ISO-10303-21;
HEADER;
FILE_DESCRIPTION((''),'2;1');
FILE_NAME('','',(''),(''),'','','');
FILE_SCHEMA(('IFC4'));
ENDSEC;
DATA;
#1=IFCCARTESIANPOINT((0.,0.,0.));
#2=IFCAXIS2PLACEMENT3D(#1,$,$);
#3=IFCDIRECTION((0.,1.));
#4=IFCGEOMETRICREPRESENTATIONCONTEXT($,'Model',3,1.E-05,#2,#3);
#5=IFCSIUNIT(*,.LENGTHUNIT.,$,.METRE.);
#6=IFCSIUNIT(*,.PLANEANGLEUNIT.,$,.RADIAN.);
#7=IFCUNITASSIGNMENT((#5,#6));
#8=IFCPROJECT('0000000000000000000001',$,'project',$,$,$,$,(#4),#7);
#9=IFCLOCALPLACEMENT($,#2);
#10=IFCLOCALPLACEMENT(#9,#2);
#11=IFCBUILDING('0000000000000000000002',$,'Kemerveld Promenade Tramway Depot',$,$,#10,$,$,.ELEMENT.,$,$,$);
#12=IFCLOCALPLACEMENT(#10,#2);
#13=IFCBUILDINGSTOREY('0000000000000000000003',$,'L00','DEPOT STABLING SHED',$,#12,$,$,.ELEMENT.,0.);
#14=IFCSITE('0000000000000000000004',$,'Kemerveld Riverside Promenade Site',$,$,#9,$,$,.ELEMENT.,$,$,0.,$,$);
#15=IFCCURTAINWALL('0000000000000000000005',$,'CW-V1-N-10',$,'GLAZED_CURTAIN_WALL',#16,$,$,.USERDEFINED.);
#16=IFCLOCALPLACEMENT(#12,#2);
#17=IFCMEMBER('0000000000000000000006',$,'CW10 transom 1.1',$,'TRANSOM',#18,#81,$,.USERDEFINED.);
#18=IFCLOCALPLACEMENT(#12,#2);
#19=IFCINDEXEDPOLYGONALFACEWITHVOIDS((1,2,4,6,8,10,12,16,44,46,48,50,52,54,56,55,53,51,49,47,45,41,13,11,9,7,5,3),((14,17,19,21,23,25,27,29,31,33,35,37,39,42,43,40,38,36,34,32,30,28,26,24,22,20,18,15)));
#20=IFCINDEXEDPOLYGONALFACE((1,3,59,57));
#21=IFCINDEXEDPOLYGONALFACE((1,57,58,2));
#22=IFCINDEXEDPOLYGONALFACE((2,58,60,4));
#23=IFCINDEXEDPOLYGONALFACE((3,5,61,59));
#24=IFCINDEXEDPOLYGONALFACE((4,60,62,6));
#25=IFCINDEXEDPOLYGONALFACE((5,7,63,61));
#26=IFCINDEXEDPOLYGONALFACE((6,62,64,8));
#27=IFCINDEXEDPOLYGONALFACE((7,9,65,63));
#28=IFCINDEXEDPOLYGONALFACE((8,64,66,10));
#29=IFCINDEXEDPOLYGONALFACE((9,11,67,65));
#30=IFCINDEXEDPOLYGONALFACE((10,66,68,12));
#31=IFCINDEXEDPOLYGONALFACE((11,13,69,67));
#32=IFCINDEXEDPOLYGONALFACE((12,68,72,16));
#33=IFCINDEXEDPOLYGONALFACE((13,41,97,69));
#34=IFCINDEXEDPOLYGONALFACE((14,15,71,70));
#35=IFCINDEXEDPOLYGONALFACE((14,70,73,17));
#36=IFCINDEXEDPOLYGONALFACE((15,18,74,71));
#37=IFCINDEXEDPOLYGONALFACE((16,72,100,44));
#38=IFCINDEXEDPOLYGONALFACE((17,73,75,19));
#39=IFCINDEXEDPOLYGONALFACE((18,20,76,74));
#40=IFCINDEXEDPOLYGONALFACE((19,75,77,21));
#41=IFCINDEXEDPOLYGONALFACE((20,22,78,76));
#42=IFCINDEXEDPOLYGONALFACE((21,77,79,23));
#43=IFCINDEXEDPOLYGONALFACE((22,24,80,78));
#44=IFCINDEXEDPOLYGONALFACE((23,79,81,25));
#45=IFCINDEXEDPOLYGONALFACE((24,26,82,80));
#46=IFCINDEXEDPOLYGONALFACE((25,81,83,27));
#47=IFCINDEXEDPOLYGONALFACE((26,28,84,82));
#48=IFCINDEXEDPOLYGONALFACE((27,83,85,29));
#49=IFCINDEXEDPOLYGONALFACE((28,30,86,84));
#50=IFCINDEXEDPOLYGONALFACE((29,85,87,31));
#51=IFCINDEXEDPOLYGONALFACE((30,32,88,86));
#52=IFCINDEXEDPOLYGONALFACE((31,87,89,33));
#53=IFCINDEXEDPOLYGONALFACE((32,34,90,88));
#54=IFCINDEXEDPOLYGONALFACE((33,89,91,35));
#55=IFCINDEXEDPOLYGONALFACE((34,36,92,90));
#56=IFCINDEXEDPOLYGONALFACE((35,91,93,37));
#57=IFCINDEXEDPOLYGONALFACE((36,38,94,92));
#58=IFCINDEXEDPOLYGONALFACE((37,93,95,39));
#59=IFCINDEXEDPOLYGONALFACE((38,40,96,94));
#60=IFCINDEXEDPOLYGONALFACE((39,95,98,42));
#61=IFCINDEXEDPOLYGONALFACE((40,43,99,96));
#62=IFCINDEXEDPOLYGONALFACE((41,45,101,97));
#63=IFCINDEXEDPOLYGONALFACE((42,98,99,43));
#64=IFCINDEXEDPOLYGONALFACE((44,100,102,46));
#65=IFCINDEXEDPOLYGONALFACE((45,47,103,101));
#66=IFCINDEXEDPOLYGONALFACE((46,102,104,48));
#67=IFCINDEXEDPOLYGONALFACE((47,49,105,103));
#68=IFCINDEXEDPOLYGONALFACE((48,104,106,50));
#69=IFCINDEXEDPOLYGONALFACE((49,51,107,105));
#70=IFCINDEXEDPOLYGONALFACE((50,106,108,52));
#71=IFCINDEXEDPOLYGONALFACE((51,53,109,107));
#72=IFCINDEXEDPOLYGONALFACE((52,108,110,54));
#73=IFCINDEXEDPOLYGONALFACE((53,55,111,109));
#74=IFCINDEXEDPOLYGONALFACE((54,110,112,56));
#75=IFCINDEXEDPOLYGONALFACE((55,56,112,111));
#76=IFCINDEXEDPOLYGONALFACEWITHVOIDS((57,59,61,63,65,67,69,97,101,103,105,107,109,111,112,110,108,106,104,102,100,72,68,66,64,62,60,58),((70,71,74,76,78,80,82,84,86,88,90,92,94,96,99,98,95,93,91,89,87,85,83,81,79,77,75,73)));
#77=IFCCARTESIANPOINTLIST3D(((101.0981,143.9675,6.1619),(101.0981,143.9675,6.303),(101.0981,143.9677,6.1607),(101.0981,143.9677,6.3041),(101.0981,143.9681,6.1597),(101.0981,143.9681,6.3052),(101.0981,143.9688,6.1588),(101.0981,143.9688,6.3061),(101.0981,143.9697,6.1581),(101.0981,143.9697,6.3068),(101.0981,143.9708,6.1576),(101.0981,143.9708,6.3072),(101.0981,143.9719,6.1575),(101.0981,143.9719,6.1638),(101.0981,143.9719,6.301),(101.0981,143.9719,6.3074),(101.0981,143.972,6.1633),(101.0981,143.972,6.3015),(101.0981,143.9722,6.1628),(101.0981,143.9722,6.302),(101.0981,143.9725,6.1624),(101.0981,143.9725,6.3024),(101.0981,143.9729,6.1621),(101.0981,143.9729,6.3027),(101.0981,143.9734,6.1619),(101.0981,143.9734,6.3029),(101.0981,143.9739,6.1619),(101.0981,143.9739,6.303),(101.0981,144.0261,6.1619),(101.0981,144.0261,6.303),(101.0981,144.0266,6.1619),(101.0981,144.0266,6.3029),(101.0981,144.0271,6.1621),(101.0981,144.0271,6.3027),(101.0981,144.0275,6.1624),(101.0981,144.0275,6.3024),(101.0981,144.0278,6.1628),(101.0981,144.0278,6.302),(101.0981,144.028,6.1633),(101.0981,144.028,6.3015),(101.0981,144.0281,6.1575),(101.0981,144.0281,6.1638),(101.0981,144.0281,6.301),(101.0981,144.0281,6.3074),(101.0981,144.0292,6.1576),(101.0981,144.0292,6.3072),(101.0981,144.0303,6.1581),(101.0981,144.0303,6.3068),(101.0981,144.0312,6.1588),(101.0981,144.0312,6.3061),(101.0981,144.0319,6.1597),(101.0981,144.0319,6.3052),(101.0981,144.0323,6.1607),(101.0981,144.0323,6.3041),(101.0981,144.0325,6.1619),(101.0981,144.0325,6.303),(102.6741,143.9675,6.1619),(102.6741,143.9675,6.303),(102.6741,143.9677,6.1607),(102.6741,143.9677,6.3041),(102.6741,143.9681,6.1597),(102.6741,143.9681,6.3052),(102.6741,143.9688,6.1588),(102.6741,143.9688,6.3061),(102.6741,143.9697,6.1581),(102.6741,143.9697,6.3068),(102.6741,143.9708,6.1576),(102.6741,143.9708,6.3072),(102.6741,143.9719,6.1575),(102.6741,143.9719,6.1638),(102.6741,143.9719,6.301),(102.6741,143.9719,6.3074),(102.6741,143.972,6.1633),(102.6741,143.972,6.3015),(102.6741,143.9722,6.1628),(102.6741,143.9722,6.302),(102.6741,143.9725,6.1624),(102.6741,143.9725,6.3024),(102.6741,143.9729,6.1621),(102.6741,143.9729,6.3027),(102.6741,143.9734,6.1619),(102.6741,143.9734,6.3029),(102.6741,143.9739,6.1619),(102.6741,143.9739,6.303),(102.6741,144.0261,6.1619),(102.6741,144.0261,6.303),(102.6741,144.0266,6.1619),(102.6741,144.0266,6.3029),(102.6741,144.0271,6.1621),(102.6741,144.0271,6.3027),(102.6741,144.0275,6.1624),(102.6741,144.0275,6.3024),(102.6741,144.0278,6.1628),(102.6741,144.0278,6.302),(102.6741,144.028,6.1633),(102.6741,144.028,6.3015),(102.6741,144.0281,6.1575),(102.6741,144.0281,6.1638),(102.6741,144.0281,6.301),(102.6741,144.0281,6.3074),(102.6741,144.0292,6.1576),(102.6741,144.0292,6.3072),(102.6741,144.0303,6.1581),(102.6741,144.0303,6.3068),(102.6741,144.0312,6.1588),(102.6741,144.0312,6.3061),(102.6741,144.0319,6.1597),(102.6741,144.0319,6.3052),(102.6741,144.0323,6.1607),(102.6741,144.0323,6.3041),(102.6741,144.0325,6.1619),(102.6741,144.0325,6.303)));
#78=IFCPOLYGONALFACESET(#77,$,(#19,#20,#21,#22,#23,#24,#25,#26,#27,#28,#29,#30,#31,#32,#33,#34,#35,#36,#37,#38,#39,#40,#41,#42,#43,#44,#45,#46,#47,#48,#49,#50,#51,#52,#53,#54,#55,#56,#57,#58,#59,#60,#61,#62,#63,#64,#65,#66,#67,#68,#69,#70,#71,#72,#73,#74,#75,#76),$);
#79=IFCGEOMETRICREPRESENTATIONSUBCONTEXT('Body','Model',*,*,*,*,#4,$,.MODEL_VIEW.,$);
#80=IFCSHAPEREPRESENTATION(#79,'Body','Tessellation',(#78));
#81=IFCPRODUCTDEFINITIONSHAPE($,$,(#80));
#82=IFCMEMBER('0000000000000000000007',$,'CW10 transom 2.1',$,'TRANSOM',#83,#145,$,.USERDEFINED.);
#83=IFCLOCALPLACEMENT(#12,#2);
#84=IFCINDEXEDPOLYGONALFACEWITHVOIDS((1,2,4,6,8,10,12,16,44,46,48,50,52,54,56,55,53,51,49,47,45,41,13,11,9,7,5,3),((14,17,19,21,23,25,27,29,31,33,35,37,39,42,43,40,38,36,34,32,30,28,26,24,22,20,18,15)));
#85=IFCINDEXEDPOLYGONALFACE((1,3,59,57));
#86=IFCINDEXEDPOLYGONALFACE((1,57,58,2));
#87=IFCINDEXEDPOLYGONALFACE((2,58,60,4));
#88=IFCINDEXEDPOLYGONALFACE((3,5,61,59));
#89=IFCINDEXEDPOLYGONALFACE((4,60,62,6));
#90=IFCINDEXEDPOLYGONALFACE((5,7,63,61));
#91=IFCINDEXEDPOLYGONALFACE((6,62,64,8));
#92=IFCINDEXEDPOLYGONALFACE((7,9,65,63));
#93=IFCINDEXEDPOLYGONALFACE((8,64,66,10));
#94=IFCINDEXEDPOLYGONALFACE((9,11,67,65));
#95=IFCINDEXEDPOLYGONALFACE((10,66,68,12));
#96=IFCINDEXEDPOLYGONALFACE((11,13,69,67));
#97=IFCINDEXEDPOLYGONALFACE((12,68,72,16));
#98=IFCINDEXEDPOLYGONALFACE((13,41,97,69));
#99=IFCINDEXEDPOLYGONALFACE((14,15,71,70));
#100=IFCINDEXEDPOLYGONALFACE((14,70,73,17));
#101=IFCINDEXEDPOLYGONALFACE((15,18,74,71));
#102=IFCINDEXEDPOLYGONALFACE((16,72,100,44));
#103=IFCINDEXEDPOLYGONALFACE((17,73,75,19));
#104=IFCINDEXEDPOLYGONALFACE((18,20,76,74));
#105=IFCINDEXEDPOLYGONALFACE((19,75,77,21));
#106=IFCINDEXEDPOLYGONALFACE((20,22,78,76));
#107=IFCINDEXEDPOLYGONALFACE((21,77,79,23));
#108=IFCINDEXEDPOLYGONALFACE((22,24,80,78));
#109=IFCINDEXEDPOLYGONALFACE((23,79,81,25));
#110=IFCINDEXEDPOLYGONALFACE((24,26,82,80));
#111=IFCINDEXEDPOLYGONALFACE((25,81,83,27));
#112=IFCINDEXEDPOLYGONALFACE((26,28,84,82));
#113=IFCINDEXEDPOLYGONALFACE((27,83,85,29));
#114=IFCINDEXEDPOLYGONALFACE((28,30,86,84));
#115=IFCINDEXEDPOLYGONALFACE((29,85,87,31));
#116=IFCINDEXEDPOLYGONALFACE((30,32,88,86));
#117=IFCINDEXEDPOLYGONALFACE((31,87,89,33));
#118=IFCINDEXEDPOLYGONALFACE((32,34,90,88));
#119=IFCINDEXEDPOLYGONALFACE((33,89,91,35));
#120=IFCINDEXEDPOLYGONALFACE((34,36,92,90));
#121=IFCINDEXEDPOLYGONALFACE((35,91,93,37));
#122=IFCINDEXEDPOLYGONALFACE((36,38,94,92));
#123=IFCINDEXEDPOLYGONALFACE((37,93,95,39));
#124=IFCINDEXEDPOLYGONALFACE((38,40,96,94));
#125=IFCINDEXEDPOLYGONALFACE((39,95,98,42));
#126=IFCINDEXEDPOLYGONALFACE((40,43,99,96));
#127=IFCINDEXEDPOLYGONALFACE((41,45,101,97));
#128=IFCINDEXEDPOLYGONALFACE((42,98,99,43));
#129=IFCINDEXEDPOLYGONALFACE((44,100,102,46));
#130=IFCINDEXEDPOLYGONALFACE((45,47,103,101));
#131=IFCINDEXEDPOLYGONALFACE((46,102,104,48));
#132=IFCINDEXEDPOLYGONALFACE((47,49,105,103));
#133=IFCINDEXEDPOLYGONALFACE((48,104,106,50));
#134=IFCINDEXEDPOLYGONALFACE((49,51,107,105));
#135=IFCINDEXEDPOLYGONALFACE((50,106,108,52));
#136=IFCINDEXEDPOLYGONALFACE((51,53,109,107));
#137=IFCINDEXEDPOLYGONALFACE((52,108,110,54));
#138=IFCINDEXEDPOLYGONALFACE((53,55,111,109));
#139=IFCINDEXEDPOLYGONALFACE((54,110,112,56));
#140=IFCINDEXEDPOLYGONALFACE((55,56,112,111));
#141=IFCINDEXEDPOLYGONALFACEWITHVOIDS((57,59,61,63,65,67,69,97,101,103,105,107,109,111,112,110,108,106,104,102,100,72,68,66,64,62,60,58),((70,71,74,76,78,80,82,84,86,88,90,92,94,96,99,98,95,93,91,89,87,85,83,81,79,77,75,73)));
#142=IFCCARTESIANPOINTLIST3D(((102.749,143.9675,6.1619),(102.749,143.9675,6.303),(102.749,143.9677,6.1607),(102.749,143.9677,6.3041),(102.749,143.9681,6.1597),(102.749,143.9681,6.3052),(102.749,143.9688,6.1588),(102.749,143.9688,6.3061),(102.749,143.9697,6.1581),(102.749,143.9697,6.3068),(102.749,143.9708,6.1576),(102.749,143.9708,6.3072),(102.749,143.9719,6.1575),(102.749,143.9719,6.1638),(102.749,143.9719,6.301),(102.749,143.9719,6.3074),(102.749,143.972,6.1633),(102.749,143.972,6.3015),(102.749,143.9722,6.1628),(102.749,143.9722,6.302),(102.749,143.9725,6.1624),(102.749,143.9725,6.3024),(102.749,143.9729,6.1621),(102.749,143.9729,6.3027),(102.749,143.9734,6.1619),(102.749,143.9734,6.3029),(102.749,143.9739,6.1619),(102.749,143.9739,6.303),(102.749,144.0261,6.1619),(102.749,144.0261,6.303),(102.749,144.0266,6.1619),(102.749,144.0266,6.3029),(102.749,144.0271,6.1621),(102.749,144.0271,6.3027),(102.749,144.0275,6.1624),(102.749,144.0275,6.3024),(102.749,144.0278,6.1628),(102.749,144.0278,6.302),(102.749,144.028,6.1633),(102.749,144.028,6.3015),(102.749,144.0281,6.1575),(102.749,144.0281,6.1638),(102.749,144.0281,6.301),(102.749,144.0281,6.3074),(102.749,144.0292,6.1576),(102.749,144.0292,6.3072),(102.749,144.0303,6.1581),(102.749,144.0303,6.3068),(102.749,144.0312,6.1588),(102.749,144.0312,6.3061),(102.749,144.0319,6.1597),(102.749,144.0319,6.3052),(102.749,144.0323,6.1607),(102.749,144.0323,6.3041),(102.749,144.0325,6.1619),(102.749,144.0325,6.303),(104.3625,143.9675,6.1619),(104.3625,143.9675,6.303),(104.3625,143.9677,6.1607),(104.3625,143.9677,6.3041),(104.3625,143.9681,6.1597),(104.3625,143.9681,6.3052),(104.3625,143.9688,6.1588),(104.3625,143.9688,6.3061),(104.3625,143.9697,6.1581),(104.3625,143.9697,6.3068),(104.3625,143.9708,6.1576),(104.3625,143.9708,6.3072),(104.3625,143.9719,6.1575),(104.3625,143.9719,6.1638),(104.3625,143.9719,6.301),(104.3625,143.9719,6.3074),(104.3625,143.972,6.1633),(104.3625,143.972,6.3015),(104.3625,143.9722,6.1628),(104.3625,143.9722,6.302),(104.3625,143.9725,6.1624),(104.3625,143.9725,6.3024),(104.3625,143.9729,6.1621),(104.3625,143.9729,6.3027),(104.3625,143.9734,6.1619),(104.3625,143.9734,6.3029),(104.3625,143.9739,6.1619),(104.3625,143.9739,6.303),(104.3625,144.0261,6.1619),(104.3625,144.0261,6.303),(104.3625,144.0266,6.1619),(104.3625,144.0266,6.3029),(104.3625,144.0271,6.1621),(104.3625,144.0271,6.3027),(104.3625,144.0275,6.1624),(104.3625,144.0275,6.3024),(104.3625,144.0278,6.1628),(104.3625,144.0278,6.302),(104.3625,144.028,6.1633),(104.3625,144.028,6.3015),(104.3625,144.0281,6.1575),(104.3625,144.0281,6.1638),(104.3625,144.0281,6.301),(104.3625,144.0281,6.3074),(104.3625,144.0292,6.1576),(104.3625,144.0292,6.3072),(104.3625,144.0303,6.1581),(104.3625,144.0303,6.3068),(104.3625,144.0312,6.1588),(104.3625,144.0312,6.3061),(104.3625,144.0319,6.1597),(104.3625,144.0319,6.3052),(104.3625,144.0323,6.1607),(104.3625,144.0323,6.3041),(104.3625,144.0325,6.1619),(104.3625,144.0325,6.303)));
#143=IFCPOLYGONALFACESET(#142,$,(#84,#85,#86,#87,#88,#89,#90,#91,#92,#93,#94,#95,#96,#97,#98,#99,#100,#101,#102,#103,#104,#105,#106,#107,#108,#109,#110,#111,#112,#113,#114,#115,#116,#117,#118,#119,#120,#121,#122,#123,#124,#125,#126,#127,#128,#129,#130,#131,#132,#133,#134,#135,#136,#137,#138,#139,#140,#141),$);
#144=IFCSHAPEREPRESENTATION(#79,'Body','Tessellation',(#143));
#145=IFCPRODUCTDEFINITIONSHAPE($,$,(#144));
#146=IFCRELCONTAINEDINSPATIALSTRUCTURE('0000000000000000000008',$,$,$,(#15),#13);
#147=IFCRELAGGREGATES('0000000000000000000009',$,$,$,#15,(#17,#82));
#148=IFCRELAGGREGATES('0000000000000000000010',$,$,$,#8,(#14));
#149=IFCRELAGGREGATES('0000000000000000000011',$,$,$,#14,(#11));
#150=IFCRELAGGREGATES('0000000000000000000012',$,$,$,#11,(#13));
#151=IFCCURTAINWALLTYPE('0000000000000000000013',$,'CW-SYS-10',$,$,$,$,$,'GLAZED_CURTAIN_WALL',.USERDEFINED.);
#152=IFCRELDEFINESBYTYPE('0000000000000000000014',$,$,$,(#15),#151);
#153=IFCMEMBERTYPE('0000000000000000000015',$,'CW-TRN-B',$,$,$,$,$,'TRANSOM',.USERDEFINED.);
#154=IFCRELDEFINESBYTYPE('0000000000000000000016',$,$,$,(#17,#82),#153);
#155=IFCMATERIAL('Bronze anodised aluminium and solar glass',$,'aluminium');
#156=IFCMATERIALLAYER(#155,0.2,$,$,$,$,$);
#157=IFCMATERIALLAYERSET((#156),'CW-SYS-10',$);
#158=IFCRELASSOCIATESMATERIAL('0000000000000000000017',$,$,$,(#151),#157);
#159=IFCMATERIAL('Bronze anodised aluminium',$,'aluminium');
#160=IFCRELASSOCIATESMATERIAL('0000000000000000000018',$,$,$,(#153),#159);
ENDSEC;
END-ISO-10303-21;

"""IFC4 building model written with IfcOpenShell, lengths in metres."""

from ifc_helpers import new_model, si_unit, direction, frame, origin, origin_2d, place, context, subcontext, project, spatial, hollow_rectangle, extrude, material, layer, layer_set, material_profile, profile_set, type_object, element, aggregate, save


model = new_model("IFC4")

# Units and contexts
model_context = context("Model", 3, precision=1e-05, world=origin(), true_north=direction((0.0, 1.0)))
body_context = subcontext(model_context, "Body", "Model", "MODEL_VIEW")
ifc_project = project(units=[si_unit("LENGTHUNIT", "METRE"), si_unit("PLANEANGLEUNIT", "RADIAN")], contexts=[model_context])

# Site, building, storey
site_placement = place(None, origin())
site = spatial("IfcSite", under=ifc_project, at=site_placement, Name="Kemerveld Riverside Promenade Site", CompositionType="ELEMENT", RefElevation=0.0)
building_placement = place(site_placement, origin())
building = spatial("IfcBuilding", under=site, at=building_placement, Name="Kemerveld Promenade Tramway Depot", CompositionType="ELEMENT")
storey_placement = place(building_placement, origin())
storey = spatial("IfcBuildingStorey", under=building, at=storey_placement, Name="L00", Description="DEPOT STABLING SHED", CompositionType="ELEMENT", Elevation=0.0)

# Curtain wall
ifc_material_1 = material(Name="Bronze anodised aluminium and solar glass", Category="aluminium")
ifc_material_2 = material(Name="Bronze anodised aluminium", Category="aluminium")
ifc_layer_1 = layer(ifc_material_1, 0.2)
ifc_layer_set_1 = layer_set([ifc_layer_1], Name="CW-SYS-10")
curtain_wall_type_1 = type_object("IfcCurtainWallType", Name="CW-SYS-10", ElementType="GLAZED_CURTAIN_WALL", PredefinedType="USERDEFINED", material=ifc_layer_set_1)
curtain_wall_1_placement = place(storey_placement, origin())
curtain_wall_1 = element("IfcCurtainWall", 1, at=curtain_wall_1_placement, inside=storey, type_object=curtain_wall_type_1, Name="CW-V1-N-10", ObjectType="GLAZED_CURTAIN_WALL", PredefinedType="USERDEFINED")

# Members
ifc_material_profile_1 = material_profile(ifc_material_2, hollow_rectangle(XDim=0.0649, YDim=0.1499, WallThickness=0.0044, InnerFilletRadius=0.002, OuterFilletRadius=0.0044, at=origin_2d()), Name="CW-TRN-150x65")
ifc_profile_set_1 = profile_set([ifc_material_profile_1], Name="Bronze anodised aluminium")
member_type_1 = type_object("IfcMemberType", Name="CW-TRN-B", ElementType="TRANSOM", PredefinedType="USERDEFINED", material=ifc_profile_set_1)
member_1_placement = place(storey_placement, frame((101.0981, 144.0, 6.2324), z_axis=(1.0, 0.0, 0.0), x_axis=(0.0, 1.0, 0.0)))
member_1 = element("IfcMember", 2, at=member_1_placement, type_object=member_type_1, Name="CW10 transom 1.1", ObjectType="TRANSOM", PredefinedType="USERDEFINED", context=body_context, shape_type="SweptSolid", body=[
    extrude(hollow_rectangle(XDim=0.0649, YDim=0.1499, WallThickness=0.0044, InnerFilletRadius=0.002, OuterFilletRadius=0.0044, at=origin_2d()), origin(), (0.0, 0.0, 1.0), 1.5759),
])
member_2_placement = place(storey_placement, frame((102.749, 144.0, 6.2324), z_axis=(1.0, 0.0, 0.0), x_axis=(0.0, 1.0, 0.0)))
member_2 = element("IfcMember", 3, at=member_2_placement, type_object=member_type_1, Name="CW10 transom 2.1", ObjectType="TRANSOM", PredefinedType="USERDEFINED", context=body_context, shape_type="SweptSolid", body=[
    extrude(hollow_rectangle(XDim=0.0649, YDim=0.1499, WallThickness=0.0044, InnerFilletRadius=0.002, OuterFilletRadius=0.0044, at=origin_2d()), origin(), (0.0, 0.0, 1.0), 1.6135),
])

aggregate(curtain_wall_1, [member_1, member_2])

save(model, "model.ifc")
